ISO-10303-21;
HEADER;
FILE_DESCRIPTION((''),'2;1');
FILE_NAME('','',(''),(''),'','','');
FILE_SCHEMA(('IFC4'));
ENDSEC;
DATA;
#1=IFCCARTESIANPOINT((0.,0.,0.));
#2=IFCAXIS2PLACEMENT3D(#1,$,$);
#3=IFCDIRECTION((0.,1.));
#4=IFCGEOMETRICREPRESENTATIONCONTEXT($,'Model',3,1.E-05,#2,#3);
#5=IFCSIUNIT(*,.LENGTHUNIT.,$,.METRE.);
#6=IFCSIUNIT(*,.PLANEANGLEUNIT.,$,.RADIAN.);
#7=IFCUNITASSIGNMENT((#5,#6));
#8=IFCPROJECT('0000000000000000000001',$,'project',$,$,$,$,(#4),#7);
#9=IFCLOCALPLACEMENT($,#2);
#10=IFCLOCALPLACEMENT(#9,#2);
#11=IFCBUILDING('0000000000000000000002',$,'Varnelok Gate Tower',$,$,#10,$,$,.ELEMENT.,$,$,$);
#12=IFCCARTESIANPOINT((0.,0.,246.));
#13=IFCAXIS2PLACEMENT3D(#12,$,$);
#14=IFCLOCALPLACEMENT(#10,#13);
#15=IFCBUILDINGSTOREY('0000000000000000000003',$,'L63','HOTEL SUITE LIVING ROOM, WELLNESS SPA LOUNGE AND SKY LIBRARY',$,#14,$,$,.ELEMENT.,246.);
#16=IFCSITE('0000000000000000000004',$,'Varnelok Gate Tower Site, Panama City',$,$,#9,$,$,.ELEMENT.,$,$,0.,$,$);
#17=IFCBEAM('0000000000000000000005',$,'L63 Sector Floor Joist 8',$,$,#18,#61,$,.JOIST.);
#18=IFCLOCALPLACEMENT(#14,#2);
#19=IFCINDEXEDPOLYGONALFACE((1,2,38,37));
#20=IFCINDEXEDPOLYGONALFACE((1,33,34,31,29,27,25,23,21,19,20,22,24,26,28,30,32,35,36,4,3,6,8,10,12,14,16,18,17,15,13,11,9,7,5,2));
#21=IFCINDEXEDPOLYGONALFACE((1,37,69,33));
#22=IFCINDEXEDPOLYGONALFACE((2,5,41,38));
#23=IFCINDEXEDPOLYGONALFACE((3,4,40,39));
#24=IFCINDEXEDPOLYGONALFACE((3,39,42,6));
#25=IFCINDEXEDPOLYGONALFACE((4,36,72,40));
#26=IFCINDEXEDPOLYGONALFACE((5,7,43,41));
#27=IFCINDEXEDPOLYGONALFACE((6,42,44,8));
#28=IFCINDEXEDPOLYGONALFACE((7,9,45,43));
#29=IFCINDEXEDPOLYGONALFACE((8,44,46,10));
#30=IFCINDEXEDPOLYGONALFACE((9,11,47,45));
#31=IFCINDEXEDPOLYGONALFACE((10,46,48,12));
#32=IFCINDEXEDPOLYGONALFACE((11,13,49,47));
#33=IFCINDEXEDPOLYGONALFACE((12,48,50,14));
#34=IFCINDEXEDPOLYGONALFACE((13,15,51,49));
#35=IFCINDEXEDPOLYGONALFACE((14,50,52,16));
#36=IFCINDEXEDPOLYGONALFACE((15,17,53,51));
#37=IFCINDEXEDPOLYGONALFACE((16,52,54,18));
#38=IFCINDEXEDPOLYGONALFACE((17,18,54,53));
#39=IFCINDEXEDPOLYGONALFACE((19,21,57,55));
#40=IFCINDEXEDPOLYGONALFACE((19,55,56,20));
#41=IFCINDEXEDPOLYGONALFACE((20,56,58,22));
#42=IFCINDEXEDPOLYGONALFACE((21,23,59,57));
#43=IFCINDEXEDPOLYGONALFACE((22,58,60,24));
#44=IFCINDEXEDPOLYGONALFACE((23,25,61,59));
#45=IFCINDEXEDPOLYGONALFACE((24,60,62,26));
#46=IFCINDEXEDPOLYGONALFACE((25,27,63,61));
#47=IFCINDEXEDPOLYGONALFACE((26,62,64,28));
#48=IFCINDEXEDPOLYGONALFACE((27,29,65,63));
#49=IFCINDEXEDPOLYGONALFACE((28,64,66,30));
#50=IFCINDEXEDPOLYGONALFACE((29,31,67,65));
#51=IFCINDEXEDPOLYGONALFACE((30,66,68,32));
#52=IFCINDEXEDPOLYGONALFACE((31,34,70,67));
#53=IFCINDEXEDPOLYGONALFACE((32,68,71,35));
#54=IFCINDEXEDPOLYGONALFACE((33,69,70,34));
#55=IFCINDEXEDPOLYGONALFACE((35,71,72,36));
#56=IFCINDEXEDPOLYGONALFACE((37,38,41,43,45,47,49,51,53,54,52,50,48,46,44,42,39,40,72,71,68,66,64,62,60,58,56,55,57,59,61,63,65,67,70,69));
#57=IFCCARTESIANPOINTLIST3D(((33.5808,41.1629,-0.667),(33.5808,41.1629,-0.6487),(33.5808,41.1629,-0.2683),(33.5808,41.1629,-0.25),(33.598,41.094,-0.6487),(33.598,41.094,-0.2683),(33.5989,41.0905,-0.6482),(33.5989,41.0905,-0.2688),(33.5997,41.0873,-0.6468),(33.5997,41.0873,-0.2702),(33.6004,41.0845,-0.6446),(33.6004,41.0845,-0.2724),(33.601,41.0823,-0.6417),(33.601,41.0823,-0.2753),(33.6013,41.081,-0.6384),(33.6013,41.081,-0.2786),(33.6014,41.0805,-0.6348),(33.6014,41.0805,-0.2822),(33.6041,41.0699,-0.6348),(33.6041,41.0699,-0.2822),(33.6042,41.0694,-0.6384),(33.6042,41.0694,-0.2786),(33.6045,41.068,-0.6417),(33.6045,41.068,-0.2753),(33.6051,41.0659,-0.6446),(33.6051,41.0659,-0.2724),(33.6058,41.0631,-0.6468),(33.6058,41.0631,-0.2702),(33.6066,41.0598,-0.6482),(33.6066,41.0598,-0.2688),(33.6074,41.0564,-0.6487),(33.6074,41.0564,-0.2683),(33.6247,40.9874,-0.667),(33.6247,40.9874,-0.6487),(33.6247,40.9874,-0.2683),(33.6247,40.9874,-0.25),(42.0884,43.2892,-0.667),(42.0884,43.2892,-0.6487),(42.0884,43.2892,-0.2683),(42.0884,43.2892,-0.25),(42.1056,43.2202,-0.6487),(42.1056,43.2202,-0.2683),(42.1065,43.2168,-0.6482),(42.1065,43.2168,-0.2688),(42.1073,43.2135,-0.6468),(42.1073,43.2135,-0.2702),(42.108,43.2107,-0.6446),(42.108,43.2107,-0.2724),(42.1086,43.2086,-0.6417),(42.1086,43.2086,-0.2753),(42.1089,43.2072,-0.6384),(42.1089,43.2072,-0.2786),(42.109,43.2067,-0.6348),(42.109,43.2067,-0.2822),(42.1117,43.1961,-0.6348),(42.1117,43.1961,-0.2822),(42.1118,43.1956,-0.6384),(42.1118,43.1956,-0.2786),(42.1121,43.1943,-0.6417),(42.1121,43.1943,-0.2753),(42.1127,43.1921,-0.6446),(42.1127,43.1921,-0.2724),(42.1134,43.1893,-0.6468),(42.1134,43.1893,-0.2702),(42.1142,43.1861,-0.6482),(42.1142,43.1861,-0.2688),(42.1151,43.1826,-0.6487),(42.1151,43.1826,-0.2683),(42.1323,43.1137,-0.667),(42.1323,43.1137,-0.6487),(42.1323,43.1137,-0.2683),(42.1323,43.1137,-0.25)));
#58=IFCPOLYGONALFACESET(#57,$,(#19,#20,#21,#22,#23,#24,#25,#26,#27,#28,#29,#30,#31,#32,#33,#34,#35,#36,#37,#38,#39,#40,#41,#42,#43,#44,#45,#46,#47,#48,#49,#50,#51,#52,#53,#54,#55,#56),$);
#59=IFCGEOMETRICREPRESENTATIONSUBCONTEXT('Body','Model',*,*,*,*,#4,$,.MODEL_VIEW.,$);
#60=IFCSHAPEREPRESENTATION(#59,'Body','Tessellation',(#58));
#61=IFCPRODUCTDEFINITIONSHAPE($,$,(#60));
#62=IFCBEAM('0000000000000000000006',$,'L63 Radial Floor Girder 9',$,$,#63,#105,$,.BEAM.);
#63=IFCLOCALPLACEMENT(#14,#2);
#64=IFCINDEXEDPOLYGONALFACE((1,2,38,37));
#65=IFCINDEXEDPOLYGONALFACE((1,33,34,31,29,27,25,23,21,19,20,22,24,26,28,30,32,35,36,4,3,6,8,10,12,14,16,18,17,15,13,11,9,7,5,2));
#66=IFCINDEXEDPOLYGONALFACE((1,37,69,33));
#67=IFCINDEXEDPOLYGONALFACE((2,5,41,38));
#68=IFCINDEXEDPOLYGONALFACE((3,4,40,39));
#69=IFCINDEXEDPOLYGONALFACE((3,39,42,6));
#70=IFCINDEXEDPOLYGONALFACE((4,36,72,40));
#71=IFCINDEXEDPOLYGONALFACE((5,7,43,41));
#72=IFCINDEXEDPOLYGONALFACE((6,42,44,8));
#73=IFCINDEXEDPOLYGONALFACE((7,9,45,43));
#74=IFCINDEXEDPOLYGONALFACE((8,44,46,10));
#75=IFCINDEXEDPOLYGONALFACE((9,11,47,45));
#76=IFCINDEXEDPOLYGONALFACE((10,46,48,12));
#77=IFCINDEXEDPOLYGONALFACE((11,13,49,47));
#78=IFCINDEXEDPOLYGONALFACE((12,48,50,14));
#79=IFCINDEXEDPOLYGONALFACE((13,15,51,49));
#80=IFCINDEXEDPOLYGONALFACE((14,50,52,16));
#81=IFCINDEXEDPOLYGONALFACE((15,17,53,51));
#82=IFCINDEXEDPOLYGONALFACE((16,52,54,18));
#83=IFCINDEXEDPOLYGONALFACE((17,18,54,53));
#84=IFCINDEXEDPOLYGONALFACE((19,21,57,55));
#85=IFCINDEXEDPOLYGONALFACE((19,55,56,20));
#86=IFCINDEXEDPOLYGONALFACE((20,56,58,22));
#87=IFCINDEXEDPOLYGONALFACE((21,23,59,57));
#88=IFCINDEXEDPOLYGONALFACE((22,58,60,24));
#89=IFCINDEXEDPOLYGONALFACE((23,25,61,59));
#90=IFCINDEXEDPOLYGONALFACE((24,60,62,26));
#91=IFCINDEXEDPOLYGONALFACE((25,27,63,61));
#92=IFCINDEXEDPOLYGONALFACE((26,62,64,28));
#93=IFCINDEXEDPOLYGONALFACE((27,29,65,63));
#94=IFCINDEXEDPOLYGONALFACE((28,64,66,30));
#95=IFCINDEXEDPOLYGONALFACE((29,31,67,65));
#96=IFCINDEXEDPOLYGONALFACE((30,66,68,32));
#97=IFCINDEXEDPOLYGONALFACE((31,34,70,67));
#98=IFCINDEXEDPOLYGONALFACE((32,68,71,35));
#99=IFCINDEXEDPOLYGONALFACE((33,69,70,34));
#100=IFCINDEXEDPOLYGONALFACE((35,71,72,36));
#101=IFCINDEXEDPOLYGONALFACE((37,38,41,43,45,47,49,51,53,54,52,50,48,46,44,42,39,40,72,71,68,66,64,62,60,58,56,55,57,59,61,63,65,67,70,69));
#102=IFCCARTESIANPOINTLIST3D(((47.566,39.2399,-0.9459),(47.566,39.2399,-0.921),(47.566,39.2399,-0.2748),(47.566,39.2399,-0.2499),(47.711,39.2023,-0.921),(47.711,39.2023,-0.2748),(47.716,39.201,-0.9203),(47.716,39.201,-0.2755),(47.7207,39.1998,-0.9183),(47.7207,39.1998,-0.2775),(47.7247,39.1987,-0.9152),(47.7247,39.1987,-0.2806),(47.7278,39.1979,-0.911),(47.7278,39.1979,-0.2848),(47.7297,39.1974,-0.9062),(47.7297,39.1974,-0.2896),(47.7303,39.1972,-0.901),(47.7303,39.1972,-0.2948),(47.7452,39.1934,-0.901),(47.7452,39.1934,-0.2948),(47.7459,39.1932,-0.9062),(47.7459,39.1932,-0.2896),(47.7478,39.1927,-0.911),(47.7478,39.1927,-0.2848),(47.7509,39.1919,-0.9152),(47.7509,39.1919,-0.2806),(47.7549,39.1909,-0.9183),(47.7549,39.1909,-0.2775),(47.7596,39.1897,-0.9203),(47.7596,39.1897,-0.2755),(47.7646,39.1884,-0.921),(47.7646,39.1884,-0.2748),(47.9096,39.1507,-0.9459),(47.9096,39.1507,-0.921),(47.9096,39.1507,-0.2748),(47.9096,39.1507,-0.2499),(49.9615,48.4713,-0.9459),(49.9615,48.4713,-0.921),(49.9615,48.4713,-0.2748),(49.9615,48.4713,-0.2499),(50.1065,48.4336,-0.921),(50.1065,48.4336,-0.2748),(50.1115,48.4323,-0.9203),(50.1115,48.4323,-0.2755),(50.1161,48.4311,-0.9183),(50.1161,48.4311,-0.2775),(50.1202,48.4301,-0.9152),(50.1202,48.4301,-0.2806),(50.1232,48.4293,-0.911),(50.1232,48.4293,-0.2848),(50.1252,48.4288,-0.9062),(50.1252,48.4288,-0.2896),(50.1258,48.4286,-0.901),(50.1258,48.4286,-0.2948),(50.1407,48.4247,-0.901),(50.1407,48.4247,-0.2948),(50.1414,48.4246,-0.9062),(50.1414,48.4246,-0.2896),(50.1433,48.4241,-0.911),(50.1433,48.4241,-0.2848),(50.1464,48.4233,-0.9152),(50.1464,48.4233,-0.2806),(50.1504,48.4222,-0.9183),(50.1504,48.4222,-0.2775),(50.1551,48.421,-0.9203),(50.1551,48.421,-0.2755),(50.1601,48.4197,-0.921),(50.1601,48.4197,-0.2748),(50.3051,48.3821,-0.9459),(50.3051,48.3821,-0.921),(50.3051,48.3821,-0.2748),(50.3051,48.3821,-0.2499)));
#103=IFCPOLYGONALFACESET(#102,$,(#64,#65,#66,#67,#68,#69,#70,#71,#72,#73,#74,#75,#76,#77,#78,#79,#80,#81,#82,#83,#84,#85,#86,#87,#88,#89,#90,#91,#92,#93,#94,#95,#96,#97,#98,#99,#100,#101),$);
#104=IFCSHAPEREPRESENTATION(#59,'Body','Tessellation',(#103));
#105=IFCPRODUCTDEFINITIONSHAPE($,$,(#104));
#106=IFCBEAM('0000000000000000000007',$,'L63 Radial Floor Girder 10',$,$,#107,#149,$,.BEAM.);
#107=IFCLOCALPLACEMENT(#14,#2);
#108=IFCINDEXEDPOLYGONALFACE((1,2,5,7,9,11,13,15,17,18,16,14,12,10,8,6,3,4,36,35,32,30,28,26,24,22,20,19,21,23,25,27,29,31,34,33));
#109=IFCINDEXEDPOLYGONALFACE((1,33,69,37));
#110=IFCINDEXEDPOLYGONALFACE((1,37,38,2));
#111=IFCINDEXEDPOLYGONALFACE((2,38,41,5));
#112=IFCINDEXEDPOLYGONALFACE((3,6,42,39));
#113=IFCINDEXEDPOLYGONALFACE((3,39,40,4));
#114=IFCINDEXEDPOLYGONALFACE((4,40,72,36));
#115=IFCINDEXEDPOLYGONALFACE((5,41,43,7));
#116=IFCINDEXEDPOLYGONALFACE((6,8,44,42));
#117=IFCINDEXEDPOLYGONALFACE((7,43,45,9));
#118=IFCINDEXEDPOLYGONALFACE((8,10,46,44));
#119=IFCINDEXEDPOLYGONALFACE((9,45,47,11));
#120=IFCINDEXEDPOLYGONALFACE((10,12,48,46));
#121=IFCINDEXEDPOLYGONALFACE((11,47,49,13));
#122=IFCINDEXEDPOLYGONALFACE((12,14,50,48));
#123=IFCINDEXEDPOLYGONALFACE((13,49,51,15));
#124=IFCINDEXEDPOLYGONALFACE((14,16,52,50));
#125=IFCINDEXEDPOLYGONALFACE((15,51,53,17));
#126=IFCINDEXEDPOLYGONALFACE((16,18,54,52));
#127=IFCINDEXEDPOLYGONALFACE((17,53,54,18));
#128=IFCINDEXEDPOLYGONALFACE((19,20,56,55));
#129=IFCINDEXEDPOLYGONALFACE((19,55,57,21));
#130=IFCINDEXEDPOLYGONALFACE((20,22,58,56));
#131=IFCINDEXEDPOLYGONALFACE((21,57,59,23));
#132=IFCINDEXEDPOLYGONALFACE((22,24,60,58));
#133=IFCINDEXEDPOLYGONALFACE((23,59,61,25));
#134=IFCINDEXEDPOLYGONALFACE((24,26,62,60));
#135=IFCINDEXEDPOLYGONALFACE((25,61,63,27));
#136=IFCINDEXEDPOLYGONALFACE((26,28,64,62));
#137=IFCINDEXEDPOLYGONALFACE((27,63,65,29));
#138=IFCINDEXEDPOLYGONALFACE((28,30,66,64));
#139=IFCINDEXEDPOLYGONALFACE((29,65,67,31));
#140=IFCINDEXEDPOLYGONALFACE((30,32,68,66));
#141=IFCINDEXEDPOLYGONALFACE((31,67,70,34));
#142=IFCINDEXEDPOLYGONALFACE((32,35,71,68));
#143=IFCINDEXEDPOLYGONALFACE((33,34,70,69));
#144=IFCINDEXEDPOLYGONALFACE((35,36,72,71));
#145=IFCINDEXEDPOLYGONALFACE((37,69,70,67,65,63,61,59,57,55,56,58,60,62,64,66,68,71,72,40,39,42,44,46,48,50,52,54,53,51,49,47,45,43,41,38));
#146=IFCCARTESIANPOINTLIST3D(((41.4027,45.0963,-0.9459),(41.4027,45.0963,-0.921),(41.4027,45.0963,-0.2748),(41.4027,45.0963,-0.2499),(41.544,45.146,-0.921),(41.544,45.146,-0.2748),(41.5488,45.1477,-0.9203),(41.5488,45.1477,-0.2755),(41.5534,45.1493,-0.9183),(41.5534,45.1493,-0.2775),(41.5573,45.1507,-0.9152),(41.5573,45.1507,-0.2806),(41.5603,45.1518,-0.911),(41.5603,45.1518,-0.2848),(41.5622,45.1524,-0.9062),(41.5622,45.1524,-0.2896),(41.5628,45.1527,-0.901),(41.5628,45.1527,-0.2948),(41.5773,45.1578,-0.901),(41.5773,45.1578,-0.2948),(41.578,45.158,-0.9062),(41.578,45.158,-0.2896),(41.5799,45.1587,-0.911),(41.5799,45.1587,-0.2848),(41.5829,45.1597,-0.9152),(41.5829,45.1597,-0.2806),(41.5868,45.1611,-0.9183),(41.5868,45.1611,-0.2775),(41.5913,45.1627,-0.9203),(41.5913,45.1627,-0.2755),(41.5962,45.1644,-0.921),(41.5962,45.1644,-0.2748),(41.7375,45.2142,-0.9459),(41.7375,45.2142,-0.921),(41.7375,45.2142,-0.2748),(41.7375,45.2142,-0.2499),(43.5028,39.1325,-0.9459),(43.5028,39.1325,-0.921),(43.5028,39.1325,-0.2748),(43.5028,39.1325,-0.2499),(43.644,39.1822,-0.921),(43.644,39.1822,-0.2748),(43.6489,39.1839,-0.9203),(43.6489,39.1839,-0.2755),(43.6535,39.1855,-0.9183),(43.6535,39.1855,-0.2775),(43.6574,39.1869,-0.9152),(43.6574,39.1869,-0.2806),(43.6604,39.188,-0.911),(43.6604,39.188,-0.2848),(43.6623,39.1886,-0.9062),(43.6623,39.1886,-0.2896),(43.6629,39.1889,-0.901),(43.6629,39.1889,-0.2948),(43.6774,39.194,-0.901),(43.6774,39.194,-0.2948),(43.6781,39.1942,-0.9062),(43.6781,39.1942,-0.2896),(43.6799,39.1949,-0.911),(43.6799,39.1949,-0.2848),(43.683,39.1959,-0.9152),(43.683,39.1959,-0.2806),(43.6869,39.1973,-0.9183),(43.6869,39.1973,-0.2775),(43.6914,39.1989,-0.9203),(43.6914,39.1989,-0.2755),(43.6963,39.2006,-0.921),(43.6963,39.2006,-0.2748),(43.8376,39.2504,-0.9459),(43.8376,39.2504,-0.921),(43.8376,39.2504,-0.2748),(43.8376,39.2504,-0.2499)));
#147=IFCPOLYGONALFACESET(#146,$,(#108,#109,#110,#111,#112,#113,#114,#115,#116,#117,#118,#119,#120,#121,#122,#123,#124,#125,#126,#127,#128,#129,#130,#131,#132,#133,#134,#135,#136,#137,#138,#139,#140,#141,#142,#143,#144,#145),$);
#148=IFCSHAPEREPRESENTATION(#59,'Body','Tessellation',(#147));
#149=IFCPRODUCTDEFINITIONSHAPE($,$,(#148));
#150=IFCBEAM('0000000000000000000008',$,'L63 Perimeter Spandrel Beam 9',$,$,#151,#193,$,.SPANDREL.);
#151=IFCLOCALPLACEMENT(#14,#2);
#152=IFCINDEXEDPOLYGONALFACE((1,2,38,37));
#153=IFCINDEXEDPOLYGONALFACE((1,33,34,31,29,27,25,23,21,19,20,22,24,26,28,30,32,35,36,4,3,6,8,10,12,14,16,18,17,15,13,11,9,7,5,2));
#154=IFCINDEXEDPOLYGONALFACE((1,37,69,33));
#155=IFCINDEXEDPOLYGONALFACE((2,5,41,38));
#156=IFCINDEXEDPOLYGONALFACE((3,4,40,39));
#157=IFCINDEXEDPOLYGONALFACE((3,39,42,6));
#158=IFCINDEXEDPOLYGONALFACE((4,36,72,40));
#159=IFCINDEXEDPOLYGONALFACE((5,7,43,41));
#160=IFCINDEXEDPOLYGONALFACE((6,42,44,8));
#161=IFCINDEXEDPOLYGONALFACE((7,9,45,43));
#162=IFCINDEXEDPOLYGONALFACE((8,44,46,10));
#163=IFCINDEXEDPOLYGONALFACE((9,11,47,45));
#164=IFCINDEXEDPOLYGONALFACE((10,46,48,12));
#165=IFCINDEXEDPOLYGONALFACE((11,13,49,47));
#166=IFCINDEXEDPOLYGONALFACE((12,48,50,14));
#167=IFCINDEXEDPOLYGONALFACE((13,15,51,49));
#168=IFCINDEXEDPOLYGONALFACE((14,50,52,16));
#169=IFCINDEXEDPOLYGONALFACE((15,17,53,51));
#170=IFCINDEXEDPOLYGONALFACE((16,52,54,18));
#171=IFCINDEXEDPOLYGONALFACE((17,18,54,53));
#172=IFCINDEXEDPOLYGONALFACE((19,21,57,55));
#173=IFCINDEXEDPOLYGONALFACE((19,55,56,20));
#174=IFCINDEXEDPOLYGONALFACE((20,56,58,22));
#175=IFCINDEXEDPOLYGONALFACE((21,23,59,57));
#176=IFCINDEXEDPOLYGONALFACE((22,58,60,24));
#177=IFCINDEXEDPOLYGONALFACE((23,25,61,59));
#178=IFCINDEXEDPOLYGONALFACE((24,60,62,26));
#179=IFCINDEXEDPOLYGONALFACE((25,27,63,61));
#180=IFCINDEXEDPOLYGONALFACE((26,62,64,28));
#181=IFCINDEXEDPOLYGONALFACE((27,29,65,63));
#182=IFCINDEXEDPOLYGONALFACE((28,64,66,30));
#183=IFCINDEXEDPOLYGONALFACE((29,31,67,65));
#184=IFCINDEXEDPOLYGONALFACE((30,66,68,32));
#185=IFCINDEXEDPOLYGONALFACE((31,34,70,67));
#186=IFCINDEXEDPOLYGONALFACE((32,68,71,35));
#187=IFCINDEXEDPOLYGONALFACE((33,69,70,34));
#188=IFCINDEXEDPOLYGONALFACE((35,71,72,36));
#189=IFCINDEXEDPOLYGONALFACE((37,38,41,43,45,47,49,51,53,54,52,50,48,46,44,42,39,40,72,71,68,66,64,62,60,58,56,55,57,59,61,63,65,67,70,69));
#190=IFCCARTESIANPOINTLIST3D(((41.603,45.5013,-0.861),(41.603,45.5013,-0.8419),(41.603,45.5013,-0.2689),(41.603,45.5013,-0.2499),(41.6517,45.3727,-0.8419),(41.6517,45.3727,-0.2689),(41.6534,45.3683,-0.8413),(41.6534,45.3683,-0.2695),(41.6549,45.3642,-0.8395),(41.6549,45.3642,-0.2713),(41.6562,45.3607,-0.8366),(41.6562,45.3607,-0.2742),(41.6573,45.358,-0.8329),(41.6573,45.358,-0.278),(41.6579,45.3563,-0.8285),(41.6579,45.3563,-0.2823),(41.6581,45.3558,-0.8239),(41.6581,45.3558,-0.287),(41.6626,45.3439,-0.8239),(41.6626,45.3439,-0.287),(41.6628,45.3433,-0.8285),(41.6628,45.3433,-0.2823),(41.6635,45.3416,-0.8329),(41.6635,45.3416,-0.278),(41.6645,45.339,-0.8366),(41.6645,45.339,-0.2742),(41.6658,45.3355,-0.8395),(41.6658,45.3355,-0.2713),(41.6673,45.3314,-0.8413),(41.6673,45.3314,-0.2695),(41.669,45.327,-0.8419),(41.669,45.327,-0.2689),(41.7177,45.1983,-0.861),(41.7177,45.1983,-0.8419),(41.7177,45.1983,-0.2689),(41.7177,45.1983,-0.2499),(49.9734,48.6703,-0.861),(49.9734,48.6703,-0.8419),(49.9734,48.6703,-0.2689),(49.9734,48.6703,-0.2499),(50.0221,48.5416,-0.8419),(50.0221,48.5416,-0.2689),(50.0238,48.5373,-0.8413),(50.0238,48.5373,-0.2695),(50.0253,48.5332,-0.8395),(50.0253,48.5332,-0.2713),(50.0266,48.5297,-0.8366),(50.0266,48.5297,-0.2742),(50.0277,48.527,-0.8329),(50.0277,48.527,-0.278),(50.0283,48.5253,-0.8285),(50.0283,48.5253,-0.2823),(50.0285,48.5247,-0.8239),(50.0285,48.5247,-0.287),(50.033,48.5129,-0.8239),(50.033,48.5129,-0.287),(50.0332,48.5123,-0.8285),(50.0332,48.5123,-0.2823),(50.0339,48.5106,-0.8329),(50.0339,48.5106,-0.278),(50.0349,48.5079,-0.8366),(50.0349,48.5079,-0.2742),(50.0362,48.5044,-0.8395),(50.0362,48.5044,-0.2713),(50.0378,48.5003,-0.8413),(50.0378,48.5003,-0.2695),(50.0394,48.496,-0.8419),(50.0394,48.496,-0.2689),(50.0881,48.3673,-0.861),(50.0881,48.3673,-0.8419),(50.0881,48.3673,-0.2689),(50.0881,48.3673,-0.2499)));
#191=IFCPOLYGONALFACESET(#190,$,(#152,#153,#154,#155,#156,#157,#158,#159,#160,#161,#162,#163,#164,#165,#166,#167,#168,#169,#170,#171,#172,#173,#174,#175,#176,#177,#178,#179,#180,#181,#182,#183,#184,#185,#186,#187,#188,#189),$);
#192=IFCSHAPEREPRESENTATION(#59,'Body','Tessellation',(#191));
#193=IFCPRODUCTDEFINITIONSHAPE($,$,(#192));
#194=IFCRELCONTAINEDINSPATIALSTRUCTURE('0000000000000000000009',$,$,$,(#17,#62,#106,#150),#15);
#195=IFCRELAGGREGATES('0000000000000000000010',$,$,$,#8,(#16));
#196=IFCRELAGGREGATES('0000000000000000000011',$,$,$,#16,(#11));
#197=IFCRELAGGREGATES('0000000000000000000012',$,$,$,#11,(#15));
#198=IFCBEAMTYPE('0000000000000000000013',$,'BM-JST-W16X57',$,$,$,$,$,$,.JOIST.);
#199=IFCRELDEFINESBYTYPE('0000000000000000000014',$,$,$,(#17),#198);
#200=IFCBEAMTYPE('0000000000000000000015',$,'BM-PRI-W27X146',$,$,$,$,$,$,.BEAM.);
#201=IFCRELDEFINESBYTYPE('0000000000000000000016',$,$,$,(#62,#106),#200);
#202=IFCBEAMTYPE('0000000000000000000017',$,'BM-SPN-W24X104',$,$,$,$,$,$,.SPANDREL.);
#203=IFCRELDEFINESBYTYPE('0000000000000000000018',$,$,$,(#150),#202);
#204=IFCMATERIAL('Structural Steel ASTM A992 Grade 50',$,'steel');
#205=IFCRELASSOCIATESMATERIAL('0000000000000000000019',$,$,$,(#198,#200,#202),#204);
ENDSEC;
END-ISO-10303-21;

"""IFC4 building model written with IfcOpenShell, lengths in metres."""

from ifc_helpers import new_model, si_unit, direction, frame, origin, origin_2d, place, context, subcontext, project, spatial, i_section, extrude, material, material_profile, profile_set, type_object, element, save


model = new_model("IFC4")

# Units and contexts
model_context = context("Model", 3, precision=1e-05, world=origin(), true_north=direction((0.0, 1.0)))
body_context = subcontext(model_context, "Body", "Model", "MODEL_VIEW")
ifc_project = project(units=[si_unit("LENGTHUNIT", "METRE"), si_unit("PLANEANGLEUNIT", "RADIAN")], contexts=[model_context])

# Site, building, storey
site_placement = place(None, origin())
site = spatial("IfcSite", under=ifc_project, at=site_placement, Name="Varnelok Gate Tower Site, Panama City", CompositionType="ELEMENT", RefElevation=0.0)
building_placement = place(site_placement, origin())
building = spatial("IfcBuilding", under=site, at=building_placement, Name="Varnelok Gate Tower", CompositionType="ELEMENT")
storey_placement = place(building_placement, frame((0.0, 0.0, 246.0)))
storey = spatial("IfcBuildingStorey", under=building, at=storey_placement, Name="L63", Description="HOTEL SUITE LIVING ROOM, WELLNESS SPA LOUNGE AND SKY LIBRARY", CompositionType="ELEMENT", Elevation=246.0)

# Shared definitions
ifc_material_1 = material(Name="Structural Steel ASTM A992 Grade 50", Category="steel")

# Beams
ifc_material_profile_1 = material_profile(ifc_material_1, i_section(OverallWidth=0.1809, OverallDepth=0.417, WebThickness=0.011, FlangeThickness=0.0183, FilletRadius=0.0139, at=origin_2d()), Name="W16X57")
ifc_profile_set_1 = profile_set([ifc_material_profile_1], Name="Structural Steel ASTM A992 Grade 50")
beam_type_1 = type_object("IfcBeamType", Name="BM-JST-W16X57", PredefinedType="JOIST", material=ifc_profile_set_1)
beam_1_placement = place(storey_placement, frame((42.1104, 43.2014, -0.4585), z_axis=(-0.970161, -0.242464, 0.0), x_axis=(0.242464, -0.970161, 0.0)))
element("IfcBeam", 1, at=beam_1_placement, inside=storey, type_object=beam_type_1, Name="L63 Sector Floor Joist 8", PredefinedType="JOIST", context=body_context, shape_type="SweptSolid", body=[
    extrude(i_section(OverallWidth=0.1809, OverallDepth=0.417, WebThickness=0.011, FlangeThickness=0.0183, FilletRadius=0.0139, at=origin_2d()), origin(), (0.0, 0.0, 1.0), 8.7693),
])
ifc_material_profile_2 = material_profile(ifc_material_1, i_section(OverallWidth=0.355, OverallDepth=0.696, WebThickness=0.0154, FlangeThickness=0.0249, FilletRadius=0.02, at=origin_2d()), Name="W27X146")
ifc_profile_set_2 = profile_set([ifc_material_profile_2], Name="Structural Steel ASTM A992 Grade 50")
beam_type_2 = type_object("IfcBeamType", Name="BM-PRI-W27X146", PredefinedType="BEAM", material=ifc_profile_set_2)
beam_2_placement = place(storey_placement, frame((47.7378, 39.1953, -0.5979), z_axis=(0.251175, 0.967942, 0.0), x_axis=(-0.967942, 0.251175, 0.0)))
element("IfcBeam", 2, at=beam_2_placement, inside=storey, type_object=beam_type_2, Name="L63 Radial Floor Girder 9", PredefinedType="BEAM", context=body_context, shape_type="SweptSolid", body=[
    extrude(i_section(OverallWidth=0.355, OverallDepth=0.696, WebThickness=0.0154, FlangeThickness=0.0249, FilletRadius=0.02, at=origin_2d()), origin(), (0.0, 0.0, 1.0), 9.5371),
])
beam_3_placement = place(storey_placement, frame((43.6702, 39.1914, -0.5979), z_axis=(-0.332145, 0.943228, 0.0), x_axis=(-0.943228, -0.332145, 0.0)))
element("IfcBeam", 3, at=beam_3_placement, inside=storey, type_object=beam_type_2, Name="L63 Radial Floor Girder 10", PredefinedType="BEAM", context=body_context, shape_type="SweptSolid", body=[
    extrude(i_section(OverallWidth=0.355, OverallDepth=0.696, WebThickness=0.0154, FlangeThickness=0.0249, FilletRadius=0.02, at=origin_2d()), origin(), (0.0, 0.0, 1.0), 6.3228),
])
ifc_material_profile_3 = material_profile(ifc_material_1, i_section(OverallWidth=0.324, OverallDepth=0.6111, WebThickness=0.0127, FlangeThickness=0.019, FilletRadius=0.0181, at=origin_2d()), Name="W24X104")
ifc_profile_set_3 = profile_set([ifc_material_profile_3], Name="Structural Steel ASTM A992 Grade 50")
beam_type_3 = type_object("IfcBeamType", Name="BM-SPN-W24X104", PredefinedType="SPANDREL", material=ifc_profile_set_3)
beam_4_placement = place(storey_placement, frame((50.0308, 48.5188, -0.5554), z_axis=(-0.93522, -0.354066, 0.0), x_axis=(0.354066, -0.93522, 0.0)))
element("IfcBeam", 4, at=beam_4_placement, inside=storey, type_object=beam_type_3, Name="L63 Perimeter Spandrel Beam 9", PredefinedType="SPANDREL", context=body_context, shape_type="SweptSolid", body=[
    extrude(i_section(OverallWidth=0.324, OverallDepth=0.6111, WebThickness=0.0127, FlangeThickness=0.019, FilletRadius=0.0181, at=origin_2d()), origin(), (0.0, 0.0, 1.0), 8.9502),
])

save(model, "model.ifc")
